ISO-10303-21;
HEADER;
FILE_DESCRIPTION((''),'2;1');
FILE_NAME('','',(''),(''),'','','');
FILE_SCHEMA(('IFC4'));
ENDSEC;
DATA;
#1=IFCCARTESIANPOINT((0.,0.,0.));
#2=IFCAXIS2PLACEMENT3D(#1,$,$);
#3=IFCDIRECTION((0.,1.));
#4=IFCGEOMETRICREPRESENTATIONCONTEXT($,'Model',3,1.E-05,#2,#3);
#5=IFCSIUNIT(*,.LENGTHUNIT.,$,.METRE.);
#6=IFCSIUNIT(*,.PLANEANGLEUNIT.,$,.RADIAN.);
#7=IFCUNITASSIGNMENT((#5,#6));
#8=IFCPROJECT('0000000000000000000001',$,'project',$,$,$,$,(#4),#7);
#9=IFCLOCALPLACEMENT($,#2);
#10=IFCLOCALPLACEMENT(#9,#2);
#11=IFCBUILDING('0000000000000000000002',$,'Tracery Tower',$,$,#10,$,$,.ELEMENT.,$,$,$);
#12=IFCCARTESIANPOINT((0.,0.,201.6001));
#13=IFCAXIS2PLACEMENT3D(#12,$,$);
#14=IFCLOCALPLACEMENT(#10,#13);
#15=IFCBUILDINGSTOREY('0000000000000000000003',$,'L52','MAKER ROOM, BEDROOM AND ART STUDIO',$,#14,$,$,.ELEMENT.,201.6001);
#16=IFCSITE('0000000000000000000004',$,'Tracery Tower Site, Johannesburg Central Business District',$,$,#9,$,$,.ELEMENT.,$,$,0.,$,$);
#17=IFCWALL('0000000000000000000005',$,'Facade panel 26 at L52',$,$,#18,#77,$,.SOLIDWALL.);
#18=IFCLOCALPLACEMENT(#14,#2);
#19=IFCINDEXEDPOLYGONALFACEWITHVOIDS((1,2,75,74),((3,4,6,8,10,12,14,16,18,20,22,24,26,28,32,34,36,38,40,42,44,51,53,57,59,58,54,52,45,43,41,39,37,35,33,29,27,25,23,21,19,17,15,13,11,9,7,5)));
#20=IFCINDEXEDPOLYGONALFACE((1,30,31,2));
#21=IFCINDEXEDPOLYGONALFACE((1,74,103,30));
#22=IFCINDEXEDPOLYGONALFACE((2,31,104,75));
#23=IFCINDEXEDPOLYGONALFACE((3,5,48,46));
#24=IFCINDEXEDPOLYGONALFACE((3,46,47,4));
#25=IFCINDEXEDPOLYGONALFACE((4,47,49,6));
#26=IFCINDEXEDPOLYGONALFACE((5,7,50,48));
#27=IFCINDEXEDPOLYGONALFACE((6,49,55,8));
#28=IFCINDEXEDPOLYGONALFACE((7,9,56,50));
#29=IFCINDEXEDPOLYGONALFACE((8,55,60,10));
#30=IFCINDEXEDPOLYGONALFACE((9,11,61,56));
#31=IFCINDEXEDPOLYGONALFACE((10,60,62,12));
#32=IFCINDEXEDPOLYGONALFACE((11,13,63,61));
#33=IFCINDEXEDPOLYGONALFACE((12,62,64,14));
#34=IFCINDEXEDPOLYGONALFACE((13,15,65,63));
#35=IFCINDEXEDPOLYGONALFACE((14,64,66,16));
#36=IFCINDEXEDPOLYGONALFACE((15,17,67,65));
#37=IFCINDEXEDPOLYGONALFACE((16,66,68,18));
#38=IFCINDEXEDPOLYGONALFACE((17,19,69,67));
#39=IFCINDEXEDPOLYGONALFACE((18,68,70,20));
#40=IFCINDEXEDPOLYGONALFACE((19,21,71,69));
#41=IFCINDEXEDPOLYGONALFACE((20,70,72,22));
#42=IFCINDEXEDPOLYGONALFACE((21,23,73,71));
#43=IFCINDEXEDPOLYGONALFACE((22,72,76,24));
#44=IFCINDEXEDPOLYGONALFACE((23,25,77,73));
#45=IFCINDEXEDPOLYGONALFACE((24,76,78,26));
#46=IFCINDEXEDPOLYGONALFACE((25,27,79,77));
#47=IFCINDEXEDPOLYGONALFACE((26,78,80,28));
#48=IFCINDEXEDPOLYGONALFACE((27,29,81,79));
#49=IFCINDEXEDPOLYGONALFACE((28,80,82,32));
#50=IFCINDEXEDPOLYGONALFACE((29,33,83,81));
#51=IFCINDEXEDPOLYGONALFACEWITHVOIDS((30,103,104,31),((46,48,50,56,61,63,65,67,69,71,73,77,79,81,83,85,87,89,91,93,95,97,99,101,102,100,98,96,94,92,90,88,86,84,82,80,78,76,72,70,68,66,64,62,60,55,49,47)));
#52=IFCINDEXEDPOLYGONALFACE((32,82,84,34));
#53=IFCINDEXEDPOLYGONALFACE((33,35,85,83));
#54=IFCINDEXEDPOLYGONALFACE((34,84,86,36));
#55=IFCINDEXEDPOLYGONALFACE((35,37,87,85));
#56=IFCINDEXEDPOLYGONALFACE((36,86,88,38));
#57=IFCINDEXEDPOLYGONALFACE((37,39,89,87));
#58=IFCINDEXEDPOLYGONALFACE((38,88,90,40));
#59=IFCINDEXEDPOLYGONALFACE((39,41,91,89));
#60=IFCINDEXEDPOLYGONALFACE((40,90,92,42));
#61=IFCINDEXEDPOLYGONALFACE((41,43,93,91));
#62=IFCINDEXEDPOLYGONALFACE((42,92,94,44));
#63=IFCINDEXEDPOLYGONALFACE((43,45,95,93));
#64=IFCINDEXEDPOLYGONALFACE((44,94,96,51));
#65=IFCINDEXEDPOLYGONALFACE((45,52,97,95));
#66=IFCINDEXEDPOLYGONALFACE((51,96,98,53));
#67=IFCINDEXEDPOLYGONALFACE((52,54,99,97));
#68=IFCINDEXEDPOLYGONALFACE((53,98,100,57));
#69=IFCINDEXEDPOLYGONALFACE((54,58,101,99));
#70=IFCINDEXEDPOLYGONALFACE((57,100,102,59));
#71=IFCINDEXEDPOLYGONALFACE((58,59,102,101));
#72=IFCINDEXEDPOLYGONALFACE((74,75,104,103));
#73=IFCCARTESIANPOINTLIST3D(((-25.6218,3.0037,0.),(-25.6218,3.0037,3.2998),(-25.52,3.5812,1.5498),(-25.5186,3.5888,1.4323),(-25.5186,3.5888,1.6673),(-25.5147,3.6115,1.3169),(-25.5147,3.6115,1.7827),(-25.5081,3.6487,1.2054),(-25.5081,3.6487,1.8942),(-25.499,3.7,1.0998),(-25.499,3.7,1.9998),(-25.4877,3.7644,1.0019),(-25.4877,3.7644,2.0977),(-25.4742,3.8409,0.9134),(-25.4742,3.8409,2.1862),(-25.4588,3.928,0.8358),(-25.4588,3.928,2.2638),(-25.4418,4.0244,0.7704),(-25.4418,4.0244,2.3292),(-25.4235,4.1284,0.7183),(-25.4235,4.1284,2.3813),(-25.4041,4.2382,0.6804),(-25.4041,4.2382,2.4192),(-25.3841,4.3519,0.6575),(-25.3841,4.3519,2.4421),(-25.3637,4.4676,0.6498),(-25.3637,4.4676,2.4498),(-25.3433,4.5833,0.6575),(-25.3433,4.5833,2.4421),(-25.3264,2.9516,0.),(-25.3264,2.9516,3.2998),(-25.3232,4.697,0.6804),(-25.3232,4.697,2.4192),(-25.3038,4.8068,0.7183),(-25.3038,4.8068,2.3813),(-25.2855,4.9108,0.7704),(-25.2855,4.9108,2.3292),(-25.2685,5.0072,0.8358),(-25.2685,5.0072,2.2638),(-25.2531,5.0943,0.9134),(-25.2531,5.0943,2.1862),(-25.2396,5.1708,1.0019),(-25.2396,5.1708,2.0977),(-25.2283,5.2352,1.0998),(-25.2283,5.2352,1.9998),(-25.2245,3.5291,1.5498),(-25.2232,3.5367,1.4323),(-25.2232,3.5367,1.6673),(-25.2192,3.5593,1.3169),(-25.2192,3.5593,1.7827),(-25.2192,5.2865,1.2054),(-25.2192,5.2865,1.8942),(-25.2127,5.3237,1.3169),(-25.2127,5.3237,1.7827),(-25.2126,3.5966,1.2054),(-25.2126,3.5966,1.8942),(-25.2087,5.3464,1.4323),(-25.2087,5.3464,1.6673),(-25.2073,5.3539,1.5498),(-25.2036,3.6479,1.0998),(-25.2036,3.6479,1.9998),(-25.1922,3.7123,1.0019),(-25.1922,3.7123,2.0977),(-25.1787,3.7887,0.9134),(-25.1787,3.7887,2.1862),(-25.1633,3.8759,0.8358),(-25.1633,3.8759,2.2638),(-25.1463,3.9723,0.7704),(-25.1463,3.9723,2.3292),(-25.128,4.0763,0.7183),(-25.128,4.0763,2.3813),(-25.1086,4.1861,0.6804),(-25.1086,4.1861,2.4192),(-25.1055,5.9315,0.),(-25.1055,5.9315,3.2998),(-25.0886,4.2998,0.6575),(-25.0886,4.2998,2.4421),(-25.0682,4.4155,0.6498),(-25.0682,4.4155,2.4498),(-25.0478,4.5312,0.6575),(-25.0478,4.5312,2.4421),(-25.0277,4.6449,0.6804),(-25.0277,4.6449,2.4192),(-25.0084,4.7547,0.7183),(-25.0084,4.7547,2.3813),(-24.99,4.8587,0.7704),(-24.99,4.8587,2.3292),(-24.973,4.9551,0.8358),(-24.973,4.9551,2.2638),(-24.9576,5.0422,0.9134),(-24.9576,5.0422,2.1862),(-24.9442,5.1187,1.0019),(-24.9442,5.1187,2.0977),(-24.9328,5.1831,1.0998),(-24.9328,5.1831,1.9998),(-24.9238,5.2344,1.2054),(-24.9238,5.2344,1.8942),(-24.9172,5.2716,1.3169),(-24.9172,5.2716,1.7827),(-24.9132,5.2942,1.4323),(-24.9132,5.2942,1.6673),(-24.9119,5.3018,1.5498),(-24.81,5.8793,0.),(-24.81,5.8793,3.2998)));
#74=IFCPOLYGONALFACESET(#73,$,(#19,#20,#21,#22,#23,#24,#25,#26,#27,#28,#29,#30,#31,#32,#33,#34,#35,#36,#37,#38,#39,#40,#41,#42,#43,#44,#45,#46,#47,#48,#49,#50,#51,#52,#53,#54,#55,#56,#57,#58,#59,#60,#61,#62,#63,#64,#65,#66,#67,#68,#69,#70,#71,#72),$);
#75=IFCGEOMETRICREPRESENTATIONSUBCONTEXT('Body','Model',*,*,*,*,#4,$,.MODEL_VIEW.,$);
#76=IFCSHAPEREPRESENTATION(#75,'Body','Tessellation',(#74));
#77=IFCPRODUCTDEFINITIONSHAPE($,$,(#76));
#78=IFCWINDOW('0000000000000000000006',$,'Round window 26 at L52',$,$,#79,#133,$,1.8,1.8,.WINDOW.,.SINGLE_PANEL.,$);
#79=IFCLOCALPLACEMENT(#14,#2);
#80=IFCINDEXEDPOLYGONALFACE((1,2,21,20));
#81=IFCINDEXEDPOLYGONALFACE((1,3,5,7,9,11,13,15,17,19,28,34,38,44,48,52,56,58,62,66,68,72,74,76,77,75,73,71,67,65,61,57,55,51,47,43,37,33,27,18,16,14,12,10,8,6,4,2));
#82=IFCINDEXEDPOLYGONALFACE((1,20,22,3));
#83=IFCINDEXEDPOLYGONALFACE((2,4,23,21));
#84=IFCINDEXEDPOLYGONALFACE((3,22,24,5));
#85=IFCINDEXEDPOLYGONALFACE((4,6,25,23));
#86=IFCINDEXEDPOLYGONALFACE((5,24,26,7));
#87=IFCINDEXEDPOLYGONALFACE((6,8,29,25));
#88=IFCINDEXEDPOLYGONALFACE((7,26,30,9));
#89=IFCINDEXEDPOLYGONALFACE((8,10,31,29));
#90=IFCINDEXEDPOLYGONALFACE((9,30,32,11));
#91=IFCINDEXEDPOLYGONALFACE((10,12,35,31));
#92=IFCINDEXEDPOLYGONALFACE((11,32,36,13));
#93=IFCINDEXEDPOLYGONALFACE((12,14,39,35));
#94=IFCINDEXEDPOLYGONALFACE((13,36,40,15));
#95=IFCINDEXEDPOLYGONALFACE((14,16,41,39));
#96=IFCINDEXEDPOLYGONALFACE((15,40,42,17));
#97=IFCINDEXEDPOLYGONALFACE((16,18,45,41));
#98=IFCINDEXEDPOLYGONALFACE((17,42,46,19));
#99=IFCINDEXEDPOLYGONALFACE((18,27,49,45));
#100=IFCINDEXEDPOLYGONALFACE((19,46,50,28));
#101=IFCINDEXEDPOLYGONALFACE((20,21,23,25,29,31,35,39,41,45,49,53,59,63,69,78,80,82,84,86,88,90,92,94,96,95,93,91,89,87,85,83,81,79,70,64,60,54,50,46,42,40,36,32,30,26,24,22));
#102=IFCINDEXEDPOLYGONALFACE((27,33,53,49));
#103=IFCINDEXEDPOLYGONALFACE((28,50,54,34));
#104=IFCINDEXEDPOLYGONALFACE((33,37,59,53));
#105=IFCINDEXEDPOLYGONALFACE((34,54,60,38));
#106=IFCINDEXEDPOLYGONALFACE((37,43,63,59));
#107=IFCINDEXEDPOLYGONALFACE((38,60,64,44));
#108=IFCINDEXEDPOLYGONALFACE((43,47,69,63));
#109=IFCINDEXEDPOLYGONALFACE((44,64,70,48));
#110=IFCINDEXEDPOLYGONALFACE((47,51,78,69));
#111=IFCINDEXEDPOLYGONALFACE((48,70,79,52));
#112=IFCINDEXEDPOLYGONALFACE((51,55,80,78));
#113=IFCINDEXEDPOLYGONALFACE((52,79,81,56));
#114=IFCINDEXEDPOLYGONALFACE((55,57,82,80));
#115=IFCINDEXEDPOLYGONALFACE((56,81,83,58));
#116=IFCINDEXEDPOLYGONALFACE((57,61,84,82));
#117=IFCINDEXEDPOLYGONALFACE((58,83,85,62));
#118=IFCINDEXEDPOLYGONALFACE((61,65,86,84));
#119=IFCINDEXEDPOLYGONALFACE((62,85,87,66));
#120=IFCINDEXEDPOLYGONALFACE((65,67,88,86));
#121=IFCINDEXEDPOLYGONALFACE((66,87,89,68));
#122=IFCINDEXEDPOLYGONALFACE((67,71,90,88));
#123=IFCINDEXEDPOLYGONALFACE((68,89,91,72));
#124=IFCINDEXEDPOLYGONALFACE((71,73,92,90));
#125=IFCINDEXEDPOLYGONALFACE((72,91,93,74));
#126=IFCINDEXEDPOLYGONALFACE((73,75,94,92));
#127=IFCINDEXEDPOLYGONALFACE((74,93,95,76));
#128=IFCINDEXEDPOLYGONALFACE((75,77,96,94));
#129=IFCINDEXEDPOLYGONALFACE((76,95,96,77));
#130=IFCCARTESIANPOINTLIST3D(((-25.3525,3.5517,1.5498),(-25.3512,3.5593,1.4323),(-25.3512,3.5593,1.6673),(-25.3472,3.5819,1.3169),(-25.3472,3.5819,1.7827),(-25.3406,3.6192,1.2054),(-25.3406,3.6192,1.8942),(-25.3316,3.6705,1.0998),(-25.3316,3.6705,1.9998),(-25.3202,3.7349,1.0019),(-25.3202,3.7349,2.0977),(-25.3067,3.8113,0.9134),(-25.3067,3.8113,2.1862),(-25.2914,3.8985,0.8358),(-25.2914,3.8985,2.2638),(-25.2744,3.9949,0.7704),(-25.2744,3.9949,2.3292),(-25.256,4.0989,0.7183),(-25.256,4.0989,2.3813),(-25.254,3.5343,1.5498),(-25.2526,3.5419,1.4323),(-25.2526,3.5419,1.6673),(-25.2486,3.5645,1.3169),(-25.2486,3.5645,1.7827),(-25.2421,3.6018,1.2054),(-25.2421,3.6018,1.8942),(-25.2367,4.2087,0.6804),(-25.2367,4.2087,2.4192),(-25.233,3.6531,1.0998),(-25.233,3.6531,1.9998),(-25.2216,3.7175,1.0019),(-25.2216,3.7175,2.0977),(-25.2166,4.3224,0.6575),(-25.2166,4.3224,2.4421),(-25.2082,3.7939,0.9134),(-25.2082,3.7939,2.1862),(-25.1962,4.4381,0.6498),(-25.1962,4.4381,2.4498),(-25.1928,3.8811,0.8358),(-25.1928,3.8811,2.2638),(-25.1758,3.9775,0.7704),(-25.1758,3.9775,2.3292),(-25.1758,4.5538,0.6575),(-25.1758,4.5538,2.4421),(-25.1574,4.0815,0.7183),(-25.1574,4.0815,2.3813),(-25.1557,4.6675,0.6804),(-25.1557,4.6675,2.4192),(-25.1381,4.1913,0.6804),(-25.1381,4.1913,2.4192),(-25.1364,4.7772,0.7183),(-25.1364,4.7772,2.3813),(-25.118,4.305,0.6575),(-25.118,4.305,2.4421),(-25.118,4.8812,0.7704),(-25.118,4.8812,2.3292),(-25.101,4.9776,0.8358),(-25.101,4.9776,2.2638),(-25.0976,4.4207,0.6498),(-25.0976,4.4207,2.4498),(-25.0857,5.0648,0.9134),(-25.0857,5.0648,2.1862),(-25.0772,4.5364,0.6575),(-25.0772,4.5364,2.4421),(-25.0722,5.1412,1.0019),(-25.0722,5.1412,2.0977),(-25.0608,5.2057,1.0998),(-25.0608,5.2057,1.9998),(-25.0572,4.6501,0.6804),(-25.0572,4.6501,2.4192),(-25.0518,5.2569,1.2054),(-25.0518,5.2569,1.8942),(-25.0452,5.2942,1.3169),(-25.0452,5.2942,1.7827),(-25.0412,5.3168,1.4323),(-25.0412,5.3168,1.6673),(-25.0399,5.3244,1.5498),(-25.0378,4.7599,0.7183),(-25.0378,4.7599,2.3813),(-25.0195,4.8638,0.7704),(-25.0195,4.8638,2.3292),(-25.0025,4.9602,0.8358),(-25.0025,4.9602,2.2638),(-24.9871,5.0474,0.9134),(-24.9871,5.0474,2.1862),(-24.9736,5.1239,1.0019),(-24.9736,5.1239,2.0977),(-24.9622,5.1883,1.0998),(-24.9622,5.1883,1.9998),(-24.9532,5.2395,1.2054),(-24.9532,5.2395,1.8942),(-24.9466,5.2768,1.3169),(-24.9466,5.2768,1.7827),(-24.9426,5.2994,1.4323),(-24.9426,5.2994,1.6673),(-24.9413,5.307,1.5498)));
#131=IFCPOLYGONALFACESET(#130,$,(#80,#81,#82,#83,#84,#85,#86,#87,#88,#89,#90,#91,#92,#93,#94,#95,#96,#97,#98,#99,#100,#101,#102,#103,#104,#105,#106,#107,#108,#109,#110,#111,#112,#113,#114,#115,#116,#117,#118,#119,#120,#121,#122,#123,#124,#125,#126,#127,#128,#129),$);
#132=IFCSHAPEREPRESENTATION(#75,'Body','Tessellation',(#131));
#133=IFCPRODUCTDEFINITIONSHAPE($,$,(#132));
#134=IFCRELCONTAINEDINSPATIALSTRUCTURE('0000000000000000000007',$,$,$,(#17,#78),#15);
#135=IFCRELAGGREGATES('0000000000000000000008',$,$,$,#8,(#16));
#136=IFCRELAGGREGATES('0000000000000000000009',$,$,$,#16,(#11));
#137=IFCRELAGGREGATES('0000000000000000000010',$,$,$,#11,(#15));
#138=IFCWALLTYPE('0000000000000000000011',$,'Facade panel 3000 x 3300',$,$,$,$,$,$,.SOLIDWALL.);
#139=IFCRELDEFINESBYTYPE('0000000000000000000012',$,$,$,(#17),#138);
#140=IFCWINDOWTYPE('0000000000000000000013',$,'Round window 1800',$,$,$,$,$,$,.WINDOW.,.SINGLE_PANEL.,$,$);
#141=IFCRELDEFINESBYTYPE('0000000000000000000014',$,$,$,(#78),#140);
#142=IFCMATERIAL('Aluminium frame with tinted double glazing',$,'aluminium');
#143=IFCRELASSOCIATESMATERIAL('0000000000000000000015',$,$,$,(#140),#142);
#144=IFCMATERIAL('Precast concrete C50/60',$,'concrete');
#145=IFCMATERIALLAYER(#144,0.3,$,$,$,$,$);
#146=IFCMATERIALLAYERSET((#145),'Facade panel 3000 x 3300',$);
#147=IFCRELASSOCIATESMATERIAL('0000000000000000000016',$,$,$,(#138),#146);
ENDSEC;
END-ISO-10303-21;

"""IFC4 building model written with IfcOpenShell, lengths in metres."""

from ifc_helpers import new_model, si_unit, direction, frame, frame_2d, origin, origin_2d, place, context, subcontext, project, spatial, rectangle, circle, extrude, material, layer, layer_set, type_object, element, fill, save


model = new_model("IFC4")

# Units and contexts
model_context = context("Model", 3, precision=1e-05, world=origin(), true_north=direction((0.0, 1.0)))
body_context = subcontext(model_context, "Body", "Model", "MODEL_VIEW")
ifc_project = project(units=[si_unit("LENGTHUNIT", "METRE"), si_unit("PLANEANGLEUNIT", "RADIAN")], contexts=[model_context])

# Site, building, storey
site_placement = place(None, origin())
site = spatial("IfcSite", under=ifc_project, at=site_placement, Name="Tracery Tower Site, Johannesburg Central Business District", CompositionType="ELEMENT", RefElevation=0.0)
building_placement = place(site_placement, origin())
building = spatial("IfcBuilding", under=site, at=building_placement, Name="Tracery Tower", CompositionType="ELEMENT")
storey_placement = place(building_placement, frame((0.0, 0.0, 201.6001)))
storey = spatial("IfcBuildingStorey", under=building, at=storey_placement, Name="L52", Description="MAKER ROOM, BEDROOM AND ART STUDIO", CompositionType="ELEMENT", Elevation=201.6001)

# Wall, opening, window
ifc_material_1 = material(Name="Aluminium frame with tinted double glazing", Category="aluminium")
window_type = type_object("IfcWindowType", Name="Round window 1800", PartitioningType="SINGLE_PANEL", PredefinedType="WINDOW", material=ifc_material_1)
ifc_material_2 = material(Name="Precast concrete C50/60", Category="concrete")
ifc_layer_1 = layer(ifc_material_2, 0.3)
ifc_layer_set_1 = layer_set([ifc_layer_1], Name="Facade panel 3000 x 3300")
wall_type_1 = type_object("IfcWallType", Name="Facade panel 3000 x 3300", PredefinedType="SOLIDWALL", material=ifc_layer_set_1)
wall_1_placement = place(storey_placement, frame((-24.9578, 5.9053, 0.0), z_axis=(0.0, 0.0, 1.0), x_axis=(-0.173687, -0.984801, 0.0)))
wall_1 = element("IfcWall", 1, at=wall_1_placement, inside=storey, type_object=wall_type_1, Name="Facade panel 26 at L52", PredefinedType="SOLIDWALL", context=body_context, shape_type="SweptSolid", body=[
    extrude(rectangle(XDim=2.9729, YDim=0.3, at=frame_2d((1.4863, 0.0))), origin(), (0.0, 0.0, 1.0), 3.2998),
])
opening_1_placement = place(wall_1_placement, frame((1.4863, 0.0, 1.5498)))
opening_1 = element("IfcOpeningElement", 2, at=opening_1_placement, cuts=wall_1, PredefinedType="OPENING", context=body_context, shape_type="SweptSolid", body=[
    extrude(circle(Radius=0.9, at=origin_2d()), frame((0.0, 0.1599, 0.0), z_axis=(0.0, -1.0, 0.0), x_axis=(1.0, 0.0, 0.0)), (0.0, 0.0, 1.0), 0.3201),
])
window_1_placement = place(opening_1_placement, origin())
window_1 = element("IfcWindow", 3, at=window_1_placement, inside=storey, type_object=window_type, Name="Round window 26 at L52", OverallHeight=1.8, OverallWidth=1.8, PartitioningType="SINGLE_PANEL", PredefinedType="WINDOW", context=body_context, shape_type="SweptSolid", body=[
    extrude(circle(Radius=0.9, at=origin_2d()), frame((0.0, 0.1201, 0.0), z_axis=(0.0, -1.0, 0.0), x_axis=(1.0, 0.0, 0.0)), (0.0, 0.0, 1.0), 0.1001),
])
fill(opening_1, window_1)

save(model, "model.ifc")
